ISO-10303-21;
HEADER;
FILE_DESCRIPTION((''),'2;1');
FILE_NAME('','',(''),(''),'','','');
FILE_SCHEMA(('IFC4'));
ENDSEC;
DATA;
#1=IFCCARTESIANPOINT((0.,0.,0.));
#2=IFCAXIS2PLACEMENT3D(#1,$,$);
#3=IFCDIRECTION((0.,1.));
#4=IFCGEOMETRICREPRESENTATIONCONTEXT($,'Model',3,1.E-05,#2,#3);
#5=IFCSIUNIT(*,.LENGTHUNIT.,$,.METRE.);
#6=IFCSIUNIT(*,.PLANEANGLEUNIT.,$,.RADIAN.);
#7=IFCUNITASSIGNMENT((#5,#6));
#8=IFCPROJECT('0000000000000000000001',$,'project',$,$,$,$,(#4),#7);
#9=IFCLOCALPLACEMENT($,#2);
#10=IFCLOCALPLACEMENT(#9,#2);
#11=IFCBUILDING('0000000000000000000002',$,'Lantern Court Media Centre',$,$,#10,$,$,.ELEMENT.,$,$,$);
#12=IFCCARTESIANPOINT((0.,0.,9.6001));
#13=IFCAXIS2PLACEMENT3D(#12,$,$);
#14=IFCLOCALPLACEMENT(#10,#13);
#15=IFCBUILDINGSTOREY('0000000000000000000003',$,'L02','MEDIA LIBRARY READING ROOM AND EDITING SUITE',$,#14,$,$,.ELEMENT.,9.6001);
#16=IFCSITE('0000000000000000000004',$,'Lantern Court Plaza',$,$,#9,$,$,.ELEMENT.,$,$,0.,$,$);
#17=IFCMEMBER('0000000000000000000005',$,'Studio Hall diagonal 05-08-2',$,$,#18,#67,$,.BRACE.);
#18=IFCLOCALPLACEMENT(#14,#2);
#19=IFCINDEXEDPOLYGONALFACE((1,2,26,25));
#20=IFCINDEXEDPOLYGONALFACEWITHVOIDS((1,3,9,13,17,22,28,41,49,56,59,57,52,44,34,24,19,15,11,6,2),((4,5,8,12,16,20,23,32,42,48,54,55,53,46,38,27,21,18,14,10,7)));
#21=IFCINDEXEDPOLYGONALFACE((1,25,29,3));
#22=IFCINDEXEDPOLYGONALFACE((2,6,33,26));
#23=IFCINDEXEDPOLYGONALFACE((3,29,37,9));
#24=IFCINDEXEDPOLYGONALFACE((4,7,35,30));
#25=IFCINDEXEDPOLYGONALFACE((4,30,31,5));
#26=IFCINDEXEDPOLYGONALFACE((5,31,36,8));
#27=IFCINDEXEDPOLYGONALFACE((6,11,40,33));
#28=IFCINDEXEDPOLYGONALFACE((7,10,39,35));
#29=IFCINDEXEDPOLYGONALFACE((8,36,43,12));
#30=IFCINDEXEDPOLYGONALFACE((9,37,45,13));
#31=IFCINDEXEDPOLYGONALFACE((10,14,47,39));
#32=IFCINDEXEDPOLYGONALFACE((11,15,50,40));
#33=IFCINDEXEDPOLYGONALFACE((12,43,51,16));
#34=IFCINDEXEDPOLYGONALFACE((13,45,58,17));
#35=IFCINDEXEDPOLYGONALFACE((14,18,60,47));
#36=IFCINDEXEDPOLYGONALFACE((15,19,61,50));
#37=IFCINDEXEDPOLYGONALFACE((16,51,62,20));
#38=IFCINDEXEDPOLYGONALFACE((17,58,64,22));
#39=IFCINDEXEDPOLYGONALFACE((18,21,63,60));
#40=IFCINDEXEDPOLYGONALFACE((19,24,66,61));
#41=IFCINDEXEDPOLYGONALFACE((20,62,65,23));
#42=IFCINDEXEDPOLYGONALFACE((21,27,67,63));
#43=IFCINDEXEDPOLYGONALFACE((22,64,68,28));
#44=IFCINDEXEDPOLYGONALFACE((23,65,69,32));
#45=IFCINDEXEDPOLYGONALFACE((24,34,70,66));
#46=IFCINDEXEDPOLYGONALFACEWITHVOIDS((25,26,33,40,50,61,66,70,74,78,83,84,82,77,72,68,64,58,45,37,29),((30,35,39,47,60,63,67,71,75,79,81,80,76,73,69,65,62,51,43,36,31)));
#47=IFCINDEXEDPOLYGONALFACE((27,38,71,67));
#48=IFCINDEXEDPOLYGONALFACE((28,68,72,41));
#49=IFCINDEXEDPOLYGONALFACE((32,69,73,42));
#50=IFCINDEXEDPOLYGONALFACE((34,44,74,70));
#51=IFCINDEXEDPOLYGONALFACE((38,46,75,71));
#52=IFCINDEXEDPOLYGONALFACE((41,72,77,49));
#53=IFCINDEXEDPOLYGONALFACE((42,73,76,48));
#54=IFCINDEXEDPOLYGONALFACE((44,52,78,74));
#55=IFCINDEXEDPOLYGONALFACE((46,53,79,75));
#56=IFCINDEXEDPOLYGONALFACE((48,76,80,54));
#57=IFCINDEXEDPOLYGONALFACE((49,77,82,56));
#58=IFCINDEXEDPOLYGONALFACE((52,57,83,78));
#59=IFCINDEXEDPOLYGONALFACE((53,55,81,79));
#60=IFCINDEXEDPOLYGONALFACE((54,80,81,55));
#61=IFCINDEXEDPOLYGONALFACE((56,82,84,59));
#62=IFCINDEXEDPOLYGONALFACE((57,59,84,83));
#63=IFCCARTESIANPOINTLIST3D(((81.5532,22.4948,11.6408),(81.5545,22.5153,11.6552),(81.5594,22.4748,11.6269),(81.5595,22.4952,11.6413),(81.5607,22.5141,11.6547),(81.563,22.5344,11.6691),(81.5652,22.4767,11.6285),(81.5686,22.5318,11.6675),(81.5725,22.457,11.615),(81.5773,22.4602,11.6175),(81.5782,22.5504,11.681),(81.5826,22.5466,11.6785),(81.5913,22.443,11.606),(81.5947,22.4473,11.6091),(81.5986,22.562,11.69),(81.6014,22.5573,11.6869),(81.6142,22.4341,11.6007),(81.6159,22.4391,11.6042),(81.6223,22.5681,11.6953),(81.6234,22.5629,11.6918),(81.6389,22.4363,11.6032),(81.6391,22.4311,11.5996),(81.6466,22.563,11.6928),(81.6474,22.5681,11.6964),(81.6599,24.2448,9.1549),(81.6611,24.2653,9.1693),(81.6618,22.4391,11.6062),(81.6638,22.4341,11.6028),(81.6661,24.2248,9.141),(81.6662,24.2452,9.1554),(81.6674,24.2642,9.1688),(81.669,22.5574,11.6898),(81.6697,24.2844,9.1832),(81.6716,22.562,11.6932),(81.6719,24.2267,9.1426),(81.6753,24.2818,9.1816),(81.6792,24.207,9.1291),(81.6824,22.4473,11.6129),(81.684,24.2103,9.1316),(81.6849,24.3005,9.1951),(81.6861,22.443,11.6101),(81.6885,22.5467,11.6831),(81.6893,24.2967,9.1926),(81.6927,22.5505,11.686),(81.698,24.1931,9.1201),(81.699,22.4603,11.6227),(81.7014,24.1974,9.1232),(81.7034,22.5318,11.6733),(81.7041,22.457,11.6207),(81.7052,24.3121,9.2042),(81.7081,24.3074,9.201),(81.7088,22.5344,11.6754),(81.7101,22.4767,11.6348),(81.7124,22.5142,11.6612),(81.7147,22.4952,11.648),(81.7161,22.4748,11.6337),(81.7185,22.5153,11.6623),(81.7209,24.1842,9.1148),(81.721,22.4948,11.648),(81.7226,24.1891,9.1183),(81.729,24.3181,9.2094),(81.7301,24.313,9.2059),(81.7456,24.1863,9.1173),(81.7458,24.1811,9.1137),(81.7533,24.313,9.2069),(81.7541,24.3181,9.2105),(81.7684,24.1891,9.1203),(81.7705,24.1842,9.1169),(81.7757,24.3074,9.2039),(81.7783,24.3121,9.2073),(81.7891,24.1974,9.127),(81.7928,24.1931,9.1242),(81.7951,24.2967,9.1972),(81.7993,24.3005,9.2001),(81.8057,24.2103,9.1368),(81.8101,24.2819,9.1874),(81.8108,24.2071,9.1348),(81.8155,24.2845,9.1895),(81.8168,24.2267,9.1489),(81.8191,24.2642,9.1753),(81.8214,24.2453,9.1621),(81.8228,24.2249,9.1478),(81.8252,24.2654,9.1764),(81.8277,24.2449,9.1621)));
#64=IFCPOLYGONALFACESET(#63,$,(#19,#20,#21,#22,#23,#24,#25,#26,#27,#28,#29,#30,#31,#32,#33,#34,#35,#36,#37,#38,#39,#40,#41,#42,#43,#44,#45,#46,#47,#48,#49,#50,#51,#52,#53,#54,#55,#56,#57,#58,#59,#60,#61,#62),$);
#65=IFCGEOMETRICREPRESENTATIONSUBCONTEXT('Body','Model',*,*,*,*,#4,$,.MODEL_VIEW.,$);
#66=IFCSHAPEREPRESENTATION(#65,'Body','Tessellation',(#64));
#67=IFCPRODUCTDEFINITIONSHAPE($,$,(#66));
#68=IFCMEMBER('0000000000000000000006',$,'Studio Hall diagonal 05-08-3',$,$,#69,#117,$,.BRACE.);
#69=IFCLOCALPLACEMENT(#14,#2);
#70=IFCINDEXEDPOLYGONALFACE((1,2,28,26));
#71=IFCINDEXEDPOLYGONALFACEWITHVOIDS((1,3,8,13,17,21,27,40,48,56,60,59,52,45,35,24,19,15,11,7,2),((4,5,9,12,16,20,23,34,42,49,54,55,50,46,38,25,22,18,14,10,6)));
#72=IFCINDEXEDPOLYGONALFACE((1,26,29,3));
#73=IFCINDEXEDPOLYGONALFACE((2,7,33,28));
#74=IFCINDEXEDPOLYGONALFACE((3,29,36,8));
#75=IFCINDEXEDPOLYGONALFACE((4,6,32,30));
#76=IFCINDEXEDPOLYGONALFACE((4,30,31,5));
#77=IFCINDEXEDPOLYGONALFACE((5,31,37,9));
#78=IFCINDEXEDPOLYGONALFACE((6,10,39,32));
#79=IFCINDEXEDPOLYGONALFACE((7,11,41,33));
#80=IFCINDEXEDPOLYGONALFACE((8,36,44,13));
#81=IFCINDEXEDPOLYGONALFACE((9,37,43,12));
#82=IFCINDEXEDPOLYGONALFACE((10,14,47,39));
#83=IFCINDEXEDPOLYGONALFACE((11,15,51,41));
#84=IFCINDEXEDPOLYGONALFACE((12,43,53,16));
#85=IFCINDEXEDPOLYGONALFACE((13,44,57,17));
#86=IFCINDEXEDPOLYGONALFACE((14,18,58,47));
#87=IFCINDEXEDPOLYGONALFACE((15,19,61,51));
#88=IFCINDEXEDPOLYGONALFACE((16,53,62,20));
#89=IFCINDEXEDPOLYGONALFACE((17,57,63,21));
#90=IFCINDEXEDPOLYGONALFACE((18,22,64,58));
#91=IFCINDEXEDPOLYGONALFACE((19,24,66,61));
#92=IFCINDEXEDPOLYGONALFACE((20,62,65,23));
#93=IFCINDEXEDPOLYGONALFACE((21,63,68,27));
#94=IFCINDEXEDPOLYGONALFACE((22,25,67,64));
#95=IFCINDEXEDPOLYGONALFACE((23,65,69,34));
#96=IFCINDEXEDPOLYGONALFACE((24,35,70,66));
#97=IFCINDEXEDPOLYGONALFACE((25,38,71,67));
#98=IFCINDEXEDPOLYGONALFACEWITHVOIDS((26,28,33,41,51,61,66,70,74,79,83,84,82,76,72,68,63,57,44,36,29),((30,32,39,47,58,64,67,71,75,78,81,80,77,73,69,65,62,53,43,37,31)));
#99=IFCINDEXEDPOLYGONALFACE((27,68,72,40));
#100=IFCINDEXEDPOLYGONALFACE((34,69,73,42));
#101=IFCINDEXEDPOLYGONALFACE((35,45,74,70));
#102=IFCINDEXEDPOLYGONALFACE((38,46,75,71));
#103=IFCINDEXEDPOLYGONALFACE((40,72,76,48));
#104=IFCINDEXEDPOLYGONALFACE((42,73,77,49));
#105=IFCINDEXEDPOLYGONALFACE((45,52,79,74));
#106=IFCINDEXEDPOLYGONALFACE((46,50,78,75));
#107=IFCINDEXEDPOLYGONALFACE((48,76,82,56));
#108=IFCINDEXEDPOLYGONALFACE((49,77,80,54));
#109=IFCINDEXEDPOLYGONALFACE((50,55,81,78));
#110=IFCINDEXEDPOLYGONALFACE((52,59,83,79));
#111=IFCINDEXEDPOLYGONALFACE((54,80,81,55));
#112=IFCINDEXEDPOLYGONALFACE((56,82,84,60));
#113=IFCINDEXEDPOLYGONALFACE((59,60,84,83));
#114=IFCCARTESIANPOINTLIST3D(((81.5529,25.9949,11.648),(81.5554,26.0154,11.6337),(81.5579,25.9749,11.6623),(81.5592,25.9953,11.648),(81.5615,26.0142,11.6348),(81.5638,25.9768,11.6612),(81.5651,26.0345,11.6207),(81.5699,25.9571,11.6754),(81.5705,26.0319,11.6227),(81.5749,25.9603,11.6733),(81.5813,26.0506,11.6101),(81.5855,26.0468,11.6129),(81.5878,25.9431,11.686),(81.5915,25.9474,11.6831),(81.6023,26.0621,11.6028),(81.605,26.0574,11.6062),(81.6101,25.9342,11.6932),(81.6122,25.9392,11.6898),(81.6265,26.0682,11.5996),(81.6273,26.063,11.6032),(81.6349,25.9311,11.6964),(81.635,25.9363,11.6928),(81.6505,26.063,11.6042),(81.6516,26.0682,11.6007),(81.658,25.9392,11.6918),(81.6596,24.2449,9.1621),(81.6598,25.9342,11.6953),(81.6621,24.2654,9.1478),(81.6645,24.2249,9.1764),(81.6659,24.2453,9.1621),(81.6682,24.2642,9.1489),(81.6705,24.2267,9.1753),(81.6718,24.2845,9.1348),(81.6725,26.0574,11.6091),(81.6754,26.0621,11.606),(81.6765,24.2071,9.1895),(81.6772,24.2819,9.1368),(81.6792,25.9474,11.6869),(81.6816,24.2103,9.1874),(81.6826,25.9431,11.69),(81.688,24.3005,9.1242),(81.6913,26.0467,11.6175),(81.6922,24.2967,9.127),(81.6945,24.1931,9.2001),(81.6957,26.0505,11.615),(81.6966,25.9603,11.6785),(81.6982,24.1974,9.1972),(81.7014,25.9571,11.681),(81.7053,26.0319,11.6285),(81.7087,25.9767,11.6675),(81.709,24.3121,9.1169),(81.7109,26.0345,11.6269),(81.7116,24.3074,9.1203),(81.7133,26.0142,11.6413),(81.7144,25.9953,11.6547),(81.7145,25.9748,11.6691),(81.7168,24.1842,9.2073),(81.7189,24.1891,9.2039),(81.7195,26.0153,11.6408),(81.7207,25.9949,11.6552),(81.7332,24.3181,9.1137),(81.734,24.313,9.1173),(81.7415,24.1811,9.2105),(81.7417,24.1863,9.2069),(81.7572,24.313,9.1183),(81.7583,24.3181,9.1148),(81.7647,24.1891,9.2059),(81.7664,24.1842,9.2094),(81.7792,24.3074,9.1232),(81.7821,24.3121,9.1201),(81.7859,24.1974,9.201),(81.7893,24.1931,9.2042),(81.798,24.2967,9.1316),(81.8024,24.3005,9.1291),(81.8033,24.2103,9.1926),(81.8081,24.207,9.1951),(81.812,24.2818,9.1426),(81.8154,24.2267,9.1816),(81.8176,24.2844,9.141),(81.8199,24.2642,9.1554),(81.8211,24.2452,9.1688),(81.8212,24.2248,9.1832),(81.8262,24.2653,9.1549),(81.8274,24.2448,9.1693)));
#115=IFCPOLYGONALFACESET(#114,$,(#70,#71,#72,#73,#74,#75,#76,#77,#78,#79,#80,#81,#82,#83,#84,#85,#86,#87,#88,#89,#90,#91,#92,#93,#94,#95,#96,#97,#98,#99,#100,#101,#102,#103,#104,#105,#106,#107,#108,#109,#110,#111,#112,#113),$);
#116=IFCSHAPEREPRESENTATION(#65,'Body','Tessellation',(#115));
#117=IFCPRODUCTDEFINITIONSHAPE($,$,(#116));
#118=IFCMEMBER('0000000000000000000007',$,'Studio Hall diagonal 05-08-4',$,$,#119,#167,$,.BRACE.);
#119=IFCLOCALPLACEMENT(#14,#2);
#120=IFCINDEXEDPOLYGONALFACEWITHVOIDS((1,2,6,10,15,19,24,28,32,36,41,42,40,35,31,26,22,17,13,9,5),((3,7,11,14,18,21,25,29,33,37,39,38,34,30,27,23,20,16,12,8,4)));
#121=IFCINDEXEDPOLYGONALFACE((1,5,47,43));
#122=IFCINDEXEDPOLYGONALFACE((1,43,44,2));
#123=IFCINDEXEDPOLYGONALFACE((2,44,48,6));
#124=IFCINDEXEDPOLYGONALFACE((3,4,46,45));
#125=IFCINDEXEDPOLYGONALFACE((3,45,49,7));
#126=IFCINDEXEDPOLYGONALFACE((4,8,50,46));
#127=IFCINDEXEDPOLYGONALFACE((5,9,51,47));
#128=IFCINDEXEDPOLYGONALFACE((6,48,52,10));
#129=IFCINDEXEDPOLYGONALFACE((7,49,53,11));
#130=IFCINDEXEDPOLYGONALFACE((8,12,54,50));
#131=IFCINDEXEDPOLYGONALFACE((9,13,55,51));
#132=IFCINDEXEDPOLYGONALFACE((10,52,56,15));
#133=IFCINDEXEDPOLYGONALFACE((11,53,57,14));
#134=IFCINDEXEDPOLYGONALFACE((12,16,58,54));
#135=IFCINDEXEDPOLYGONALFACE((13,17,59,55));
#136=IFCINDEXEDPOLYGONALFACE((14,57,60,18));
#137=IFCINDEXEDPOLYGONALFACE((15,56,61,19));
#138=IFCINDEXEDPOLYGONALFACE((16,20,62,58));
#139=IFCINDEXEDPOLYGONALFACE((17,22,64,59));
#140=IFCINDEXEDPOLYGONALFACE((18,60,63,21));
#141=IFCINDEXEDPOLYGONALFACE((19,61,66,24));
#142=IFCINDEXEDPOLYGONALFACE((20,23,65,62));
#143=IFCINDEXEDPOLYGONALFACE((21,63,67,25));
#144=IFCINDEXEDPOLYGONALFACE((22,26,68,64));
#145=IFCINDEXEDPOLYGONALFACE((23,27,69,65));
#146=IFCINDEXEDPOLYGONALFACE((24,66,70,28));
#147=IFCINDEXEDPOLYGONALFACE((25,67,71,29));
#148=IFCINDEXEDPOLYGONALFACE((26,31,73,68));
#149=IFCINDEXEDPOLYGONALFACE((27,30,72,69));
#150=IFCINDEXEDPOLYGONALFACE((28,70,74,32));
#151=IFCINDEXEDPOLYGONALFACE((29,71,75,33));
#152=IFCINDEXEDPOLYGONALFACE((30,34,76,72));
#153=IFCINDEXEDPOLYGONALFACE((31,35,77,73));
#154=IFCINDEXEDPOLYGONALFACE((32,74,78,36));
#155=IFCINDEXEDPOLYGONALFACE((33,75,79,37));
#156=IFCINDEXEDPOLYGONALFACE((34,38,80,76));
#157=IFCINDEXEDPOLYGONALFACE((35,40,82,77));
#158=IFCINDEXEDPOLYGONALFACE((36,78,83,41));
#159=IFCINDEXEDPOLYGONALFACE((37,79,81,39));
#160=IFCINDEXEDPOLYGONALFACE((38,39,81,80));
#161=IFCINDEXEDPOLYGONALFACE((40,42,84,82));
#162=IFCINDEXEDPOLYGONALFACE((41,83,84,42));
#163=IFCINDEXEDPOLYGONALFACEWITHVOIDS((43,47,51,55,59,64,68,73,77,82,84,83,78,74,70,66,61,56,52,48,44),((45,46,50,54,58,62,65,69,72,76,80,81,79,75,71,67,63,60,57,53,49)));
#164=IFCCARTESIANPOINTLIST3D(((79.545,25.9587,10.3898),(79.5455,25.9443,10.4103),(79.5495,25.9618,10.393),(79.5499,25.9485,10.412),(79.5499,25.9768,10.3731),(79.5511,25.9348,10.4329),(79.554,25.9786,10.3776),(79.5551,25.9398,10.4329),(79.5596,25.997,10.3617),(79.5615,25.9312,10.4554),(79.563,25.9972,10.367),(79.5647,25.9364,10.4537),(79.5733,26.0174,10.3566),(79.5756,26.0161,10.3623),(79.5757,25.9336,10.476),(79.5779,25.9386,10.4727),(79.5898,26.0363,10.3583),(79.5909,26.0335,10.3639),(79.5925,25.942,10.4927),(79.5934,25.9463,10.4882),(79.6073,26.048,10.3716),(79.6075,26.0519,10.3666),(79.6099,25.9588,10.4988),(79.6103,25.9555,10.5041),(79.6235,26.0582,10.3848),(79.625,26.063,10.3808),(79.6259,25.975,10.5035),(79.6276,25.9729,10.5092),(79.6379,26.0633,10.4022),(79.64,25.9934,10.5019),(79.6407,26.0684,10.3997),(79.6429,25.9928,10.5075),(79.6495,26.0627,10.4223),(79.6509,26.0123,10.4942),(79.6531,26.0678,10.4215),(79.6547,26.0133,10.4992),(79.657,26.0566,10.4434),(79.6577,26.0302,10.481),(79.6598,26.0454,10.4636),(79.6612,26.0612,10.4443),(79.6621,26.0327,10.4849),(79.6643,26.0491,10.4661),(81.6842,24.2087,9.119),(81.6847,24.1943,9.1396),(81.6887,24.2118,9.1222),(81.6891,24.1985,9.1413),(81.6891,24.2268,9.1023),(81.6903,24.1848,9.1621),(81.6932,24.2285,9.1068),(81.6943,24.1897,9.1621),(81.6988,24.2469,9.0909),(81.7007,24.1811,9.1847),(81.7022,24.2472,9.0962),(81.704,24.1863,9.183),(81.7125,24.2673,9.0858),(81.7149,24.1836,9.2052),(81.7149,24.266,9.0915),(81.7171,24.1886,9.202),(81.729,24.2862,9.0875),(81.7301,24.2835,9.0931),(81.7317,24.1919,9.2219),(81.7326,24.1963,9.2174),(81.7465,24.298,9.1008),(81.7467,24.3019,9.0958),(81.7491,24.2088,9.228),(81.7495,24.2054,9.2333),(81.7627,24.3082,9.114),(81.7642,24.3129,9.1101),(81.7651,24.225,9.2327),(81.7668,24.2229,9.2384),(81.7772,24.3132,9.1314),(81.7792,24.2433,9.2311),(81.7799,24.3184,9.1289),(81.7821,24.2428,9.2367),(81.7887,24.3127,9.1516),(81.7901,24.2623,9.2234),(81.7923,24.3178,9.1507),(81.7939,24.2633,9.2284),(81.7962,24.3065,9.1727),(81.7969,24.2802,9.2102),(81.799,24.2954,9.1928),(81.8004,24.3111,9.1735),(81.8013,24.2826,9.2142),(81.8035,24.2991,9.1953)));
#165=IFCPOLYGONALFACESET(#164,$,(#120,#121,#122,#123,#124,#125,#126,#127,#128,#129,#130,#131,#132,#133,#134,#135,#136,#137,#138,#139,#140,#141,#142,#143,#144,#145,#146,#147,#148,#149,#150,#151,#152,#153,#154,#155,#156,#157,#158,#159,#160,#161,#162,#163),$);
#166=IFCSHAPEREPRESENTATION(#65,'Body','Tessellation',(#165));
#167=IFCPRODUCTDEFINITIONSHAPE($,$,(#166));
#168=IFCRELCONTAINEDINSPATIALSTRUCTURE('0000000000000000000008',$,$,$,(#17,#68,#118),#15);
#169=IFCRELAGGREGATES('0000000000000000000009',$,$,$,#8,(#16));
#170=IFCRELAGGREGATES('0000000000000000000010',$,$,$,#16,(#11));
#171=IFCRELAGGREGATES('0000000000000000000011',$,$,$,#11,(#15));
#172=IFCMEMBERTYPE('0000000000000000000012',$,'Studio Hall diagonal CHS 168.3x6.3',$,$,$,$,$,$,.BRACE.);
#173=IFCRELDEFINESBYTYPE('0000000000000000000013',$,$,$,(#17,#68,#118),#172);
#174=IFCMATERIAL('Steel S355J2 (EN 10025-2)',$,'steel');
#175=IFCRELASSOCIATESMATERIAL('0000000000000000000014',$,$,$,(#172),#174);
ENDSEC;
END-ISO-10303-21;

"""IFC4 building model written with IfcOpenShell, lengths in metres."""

from ifc_helpers import new_model, si_unit, direction, frame, origin, origin_2d, place, context, subcontext, project, spatial, hollow_circle, extrude, material, material_profile, profile_set, type_object, element, save


model = new_model("IFC4")

# Units and contexts
model_context = context("Model", 3, precision=1e-05, world=origin(), true_north=direction((0.0, 1.0)))
body_context = subcontext(model_context, "Body", "Model", "MODEL_VIEW")
ifc_project = project(units=[si_unit("LENGTHUNIT", "METRE"), si_unit("PLANEANGLEUNIT", "RADIAN")], contexts=[model_context])

# Site, building, storey
site_placement = place(None, origin())
site = spatial("IfcSite", under=ifc_project, at=site_placement, Name="Lantern Court Plaza", CompositionType="ELEMENT", RefElevation=0.0)
building_placement = place(site_placement, origin())
building = spatial("IfcBuilding", under=site, at=building_placement, Name="Lantern Court Media Centre", CompositionType="ELEMENT")
storey_placement = place(building_placement, frame((0.0, 0.0, 9.6001)))
storey = spatial("IfcBuildingStorey", under=building, at=storey_placement, Name="L02", Description="MEDIA LIBRARY READING ROOM AND EDITING SUITE", CompositionType="ELEMENT", Elevation=9.6001)

# Members
ifc_material = material(Name="Steel S355J2 (EN 10025-2)", Category="steel")
ifc_material_profile_1 = material_profile(ifc_material, hollow_circle(Radius=0.0842, WallThickness=0.0063, at=origin_2d()), Name="Studio Hall diagonal CHS 168.3x6.3")
ifc_profile_set_1 = profile_set([ifc_material_profile_1], Name="Steel S355J2 (EN 10025-2)")
member_type_1 = type_object("IfcMemberType", Name="Studio Hall diagonal CHS 168.3x6.3", PredefinedType="BRACE", material=ifc_profile_set_1)
for number, where, z_axis, x_axis, name in (
    (1, (81.7437, 24.25, 9.1621), (-0.035073, -0.575294, 0.817194), (0.998147, -0.060852, 0.0), "Studio Hall diagonal 05-08-2"),
    (2, (81.7437, 24.25, 9.1621), (-0.035073, 0.575294, 0.817194), (-0.998147, -0.060852, 0.0), "Studio Hall diagonal 05-08-3"),
    (3, (81.7437, 24.25, 9.1621), (-0.703225, 0.575293, 0.417746), (-0.63319, -0.773997, 0.0), "Studio Hall diagonal 05-08-4"),
):
    element("IfcMember", number, at=place(storey_placement, frame(where, z_axis=z_axis, x_axis=x_axis)), inside=storey, type_object=member_type_1, Name=name, PredefinedType="BRACE", context=body_context, shape_type="SweptSolid", body=[
        extrude(hollow_circle(Radius=0.0842, WallThickness=0.0063, at=origin_2d()), origin(), (0.0, 0.0, 1.0), 3.042),
    ])

save(model, "model.ifc")
